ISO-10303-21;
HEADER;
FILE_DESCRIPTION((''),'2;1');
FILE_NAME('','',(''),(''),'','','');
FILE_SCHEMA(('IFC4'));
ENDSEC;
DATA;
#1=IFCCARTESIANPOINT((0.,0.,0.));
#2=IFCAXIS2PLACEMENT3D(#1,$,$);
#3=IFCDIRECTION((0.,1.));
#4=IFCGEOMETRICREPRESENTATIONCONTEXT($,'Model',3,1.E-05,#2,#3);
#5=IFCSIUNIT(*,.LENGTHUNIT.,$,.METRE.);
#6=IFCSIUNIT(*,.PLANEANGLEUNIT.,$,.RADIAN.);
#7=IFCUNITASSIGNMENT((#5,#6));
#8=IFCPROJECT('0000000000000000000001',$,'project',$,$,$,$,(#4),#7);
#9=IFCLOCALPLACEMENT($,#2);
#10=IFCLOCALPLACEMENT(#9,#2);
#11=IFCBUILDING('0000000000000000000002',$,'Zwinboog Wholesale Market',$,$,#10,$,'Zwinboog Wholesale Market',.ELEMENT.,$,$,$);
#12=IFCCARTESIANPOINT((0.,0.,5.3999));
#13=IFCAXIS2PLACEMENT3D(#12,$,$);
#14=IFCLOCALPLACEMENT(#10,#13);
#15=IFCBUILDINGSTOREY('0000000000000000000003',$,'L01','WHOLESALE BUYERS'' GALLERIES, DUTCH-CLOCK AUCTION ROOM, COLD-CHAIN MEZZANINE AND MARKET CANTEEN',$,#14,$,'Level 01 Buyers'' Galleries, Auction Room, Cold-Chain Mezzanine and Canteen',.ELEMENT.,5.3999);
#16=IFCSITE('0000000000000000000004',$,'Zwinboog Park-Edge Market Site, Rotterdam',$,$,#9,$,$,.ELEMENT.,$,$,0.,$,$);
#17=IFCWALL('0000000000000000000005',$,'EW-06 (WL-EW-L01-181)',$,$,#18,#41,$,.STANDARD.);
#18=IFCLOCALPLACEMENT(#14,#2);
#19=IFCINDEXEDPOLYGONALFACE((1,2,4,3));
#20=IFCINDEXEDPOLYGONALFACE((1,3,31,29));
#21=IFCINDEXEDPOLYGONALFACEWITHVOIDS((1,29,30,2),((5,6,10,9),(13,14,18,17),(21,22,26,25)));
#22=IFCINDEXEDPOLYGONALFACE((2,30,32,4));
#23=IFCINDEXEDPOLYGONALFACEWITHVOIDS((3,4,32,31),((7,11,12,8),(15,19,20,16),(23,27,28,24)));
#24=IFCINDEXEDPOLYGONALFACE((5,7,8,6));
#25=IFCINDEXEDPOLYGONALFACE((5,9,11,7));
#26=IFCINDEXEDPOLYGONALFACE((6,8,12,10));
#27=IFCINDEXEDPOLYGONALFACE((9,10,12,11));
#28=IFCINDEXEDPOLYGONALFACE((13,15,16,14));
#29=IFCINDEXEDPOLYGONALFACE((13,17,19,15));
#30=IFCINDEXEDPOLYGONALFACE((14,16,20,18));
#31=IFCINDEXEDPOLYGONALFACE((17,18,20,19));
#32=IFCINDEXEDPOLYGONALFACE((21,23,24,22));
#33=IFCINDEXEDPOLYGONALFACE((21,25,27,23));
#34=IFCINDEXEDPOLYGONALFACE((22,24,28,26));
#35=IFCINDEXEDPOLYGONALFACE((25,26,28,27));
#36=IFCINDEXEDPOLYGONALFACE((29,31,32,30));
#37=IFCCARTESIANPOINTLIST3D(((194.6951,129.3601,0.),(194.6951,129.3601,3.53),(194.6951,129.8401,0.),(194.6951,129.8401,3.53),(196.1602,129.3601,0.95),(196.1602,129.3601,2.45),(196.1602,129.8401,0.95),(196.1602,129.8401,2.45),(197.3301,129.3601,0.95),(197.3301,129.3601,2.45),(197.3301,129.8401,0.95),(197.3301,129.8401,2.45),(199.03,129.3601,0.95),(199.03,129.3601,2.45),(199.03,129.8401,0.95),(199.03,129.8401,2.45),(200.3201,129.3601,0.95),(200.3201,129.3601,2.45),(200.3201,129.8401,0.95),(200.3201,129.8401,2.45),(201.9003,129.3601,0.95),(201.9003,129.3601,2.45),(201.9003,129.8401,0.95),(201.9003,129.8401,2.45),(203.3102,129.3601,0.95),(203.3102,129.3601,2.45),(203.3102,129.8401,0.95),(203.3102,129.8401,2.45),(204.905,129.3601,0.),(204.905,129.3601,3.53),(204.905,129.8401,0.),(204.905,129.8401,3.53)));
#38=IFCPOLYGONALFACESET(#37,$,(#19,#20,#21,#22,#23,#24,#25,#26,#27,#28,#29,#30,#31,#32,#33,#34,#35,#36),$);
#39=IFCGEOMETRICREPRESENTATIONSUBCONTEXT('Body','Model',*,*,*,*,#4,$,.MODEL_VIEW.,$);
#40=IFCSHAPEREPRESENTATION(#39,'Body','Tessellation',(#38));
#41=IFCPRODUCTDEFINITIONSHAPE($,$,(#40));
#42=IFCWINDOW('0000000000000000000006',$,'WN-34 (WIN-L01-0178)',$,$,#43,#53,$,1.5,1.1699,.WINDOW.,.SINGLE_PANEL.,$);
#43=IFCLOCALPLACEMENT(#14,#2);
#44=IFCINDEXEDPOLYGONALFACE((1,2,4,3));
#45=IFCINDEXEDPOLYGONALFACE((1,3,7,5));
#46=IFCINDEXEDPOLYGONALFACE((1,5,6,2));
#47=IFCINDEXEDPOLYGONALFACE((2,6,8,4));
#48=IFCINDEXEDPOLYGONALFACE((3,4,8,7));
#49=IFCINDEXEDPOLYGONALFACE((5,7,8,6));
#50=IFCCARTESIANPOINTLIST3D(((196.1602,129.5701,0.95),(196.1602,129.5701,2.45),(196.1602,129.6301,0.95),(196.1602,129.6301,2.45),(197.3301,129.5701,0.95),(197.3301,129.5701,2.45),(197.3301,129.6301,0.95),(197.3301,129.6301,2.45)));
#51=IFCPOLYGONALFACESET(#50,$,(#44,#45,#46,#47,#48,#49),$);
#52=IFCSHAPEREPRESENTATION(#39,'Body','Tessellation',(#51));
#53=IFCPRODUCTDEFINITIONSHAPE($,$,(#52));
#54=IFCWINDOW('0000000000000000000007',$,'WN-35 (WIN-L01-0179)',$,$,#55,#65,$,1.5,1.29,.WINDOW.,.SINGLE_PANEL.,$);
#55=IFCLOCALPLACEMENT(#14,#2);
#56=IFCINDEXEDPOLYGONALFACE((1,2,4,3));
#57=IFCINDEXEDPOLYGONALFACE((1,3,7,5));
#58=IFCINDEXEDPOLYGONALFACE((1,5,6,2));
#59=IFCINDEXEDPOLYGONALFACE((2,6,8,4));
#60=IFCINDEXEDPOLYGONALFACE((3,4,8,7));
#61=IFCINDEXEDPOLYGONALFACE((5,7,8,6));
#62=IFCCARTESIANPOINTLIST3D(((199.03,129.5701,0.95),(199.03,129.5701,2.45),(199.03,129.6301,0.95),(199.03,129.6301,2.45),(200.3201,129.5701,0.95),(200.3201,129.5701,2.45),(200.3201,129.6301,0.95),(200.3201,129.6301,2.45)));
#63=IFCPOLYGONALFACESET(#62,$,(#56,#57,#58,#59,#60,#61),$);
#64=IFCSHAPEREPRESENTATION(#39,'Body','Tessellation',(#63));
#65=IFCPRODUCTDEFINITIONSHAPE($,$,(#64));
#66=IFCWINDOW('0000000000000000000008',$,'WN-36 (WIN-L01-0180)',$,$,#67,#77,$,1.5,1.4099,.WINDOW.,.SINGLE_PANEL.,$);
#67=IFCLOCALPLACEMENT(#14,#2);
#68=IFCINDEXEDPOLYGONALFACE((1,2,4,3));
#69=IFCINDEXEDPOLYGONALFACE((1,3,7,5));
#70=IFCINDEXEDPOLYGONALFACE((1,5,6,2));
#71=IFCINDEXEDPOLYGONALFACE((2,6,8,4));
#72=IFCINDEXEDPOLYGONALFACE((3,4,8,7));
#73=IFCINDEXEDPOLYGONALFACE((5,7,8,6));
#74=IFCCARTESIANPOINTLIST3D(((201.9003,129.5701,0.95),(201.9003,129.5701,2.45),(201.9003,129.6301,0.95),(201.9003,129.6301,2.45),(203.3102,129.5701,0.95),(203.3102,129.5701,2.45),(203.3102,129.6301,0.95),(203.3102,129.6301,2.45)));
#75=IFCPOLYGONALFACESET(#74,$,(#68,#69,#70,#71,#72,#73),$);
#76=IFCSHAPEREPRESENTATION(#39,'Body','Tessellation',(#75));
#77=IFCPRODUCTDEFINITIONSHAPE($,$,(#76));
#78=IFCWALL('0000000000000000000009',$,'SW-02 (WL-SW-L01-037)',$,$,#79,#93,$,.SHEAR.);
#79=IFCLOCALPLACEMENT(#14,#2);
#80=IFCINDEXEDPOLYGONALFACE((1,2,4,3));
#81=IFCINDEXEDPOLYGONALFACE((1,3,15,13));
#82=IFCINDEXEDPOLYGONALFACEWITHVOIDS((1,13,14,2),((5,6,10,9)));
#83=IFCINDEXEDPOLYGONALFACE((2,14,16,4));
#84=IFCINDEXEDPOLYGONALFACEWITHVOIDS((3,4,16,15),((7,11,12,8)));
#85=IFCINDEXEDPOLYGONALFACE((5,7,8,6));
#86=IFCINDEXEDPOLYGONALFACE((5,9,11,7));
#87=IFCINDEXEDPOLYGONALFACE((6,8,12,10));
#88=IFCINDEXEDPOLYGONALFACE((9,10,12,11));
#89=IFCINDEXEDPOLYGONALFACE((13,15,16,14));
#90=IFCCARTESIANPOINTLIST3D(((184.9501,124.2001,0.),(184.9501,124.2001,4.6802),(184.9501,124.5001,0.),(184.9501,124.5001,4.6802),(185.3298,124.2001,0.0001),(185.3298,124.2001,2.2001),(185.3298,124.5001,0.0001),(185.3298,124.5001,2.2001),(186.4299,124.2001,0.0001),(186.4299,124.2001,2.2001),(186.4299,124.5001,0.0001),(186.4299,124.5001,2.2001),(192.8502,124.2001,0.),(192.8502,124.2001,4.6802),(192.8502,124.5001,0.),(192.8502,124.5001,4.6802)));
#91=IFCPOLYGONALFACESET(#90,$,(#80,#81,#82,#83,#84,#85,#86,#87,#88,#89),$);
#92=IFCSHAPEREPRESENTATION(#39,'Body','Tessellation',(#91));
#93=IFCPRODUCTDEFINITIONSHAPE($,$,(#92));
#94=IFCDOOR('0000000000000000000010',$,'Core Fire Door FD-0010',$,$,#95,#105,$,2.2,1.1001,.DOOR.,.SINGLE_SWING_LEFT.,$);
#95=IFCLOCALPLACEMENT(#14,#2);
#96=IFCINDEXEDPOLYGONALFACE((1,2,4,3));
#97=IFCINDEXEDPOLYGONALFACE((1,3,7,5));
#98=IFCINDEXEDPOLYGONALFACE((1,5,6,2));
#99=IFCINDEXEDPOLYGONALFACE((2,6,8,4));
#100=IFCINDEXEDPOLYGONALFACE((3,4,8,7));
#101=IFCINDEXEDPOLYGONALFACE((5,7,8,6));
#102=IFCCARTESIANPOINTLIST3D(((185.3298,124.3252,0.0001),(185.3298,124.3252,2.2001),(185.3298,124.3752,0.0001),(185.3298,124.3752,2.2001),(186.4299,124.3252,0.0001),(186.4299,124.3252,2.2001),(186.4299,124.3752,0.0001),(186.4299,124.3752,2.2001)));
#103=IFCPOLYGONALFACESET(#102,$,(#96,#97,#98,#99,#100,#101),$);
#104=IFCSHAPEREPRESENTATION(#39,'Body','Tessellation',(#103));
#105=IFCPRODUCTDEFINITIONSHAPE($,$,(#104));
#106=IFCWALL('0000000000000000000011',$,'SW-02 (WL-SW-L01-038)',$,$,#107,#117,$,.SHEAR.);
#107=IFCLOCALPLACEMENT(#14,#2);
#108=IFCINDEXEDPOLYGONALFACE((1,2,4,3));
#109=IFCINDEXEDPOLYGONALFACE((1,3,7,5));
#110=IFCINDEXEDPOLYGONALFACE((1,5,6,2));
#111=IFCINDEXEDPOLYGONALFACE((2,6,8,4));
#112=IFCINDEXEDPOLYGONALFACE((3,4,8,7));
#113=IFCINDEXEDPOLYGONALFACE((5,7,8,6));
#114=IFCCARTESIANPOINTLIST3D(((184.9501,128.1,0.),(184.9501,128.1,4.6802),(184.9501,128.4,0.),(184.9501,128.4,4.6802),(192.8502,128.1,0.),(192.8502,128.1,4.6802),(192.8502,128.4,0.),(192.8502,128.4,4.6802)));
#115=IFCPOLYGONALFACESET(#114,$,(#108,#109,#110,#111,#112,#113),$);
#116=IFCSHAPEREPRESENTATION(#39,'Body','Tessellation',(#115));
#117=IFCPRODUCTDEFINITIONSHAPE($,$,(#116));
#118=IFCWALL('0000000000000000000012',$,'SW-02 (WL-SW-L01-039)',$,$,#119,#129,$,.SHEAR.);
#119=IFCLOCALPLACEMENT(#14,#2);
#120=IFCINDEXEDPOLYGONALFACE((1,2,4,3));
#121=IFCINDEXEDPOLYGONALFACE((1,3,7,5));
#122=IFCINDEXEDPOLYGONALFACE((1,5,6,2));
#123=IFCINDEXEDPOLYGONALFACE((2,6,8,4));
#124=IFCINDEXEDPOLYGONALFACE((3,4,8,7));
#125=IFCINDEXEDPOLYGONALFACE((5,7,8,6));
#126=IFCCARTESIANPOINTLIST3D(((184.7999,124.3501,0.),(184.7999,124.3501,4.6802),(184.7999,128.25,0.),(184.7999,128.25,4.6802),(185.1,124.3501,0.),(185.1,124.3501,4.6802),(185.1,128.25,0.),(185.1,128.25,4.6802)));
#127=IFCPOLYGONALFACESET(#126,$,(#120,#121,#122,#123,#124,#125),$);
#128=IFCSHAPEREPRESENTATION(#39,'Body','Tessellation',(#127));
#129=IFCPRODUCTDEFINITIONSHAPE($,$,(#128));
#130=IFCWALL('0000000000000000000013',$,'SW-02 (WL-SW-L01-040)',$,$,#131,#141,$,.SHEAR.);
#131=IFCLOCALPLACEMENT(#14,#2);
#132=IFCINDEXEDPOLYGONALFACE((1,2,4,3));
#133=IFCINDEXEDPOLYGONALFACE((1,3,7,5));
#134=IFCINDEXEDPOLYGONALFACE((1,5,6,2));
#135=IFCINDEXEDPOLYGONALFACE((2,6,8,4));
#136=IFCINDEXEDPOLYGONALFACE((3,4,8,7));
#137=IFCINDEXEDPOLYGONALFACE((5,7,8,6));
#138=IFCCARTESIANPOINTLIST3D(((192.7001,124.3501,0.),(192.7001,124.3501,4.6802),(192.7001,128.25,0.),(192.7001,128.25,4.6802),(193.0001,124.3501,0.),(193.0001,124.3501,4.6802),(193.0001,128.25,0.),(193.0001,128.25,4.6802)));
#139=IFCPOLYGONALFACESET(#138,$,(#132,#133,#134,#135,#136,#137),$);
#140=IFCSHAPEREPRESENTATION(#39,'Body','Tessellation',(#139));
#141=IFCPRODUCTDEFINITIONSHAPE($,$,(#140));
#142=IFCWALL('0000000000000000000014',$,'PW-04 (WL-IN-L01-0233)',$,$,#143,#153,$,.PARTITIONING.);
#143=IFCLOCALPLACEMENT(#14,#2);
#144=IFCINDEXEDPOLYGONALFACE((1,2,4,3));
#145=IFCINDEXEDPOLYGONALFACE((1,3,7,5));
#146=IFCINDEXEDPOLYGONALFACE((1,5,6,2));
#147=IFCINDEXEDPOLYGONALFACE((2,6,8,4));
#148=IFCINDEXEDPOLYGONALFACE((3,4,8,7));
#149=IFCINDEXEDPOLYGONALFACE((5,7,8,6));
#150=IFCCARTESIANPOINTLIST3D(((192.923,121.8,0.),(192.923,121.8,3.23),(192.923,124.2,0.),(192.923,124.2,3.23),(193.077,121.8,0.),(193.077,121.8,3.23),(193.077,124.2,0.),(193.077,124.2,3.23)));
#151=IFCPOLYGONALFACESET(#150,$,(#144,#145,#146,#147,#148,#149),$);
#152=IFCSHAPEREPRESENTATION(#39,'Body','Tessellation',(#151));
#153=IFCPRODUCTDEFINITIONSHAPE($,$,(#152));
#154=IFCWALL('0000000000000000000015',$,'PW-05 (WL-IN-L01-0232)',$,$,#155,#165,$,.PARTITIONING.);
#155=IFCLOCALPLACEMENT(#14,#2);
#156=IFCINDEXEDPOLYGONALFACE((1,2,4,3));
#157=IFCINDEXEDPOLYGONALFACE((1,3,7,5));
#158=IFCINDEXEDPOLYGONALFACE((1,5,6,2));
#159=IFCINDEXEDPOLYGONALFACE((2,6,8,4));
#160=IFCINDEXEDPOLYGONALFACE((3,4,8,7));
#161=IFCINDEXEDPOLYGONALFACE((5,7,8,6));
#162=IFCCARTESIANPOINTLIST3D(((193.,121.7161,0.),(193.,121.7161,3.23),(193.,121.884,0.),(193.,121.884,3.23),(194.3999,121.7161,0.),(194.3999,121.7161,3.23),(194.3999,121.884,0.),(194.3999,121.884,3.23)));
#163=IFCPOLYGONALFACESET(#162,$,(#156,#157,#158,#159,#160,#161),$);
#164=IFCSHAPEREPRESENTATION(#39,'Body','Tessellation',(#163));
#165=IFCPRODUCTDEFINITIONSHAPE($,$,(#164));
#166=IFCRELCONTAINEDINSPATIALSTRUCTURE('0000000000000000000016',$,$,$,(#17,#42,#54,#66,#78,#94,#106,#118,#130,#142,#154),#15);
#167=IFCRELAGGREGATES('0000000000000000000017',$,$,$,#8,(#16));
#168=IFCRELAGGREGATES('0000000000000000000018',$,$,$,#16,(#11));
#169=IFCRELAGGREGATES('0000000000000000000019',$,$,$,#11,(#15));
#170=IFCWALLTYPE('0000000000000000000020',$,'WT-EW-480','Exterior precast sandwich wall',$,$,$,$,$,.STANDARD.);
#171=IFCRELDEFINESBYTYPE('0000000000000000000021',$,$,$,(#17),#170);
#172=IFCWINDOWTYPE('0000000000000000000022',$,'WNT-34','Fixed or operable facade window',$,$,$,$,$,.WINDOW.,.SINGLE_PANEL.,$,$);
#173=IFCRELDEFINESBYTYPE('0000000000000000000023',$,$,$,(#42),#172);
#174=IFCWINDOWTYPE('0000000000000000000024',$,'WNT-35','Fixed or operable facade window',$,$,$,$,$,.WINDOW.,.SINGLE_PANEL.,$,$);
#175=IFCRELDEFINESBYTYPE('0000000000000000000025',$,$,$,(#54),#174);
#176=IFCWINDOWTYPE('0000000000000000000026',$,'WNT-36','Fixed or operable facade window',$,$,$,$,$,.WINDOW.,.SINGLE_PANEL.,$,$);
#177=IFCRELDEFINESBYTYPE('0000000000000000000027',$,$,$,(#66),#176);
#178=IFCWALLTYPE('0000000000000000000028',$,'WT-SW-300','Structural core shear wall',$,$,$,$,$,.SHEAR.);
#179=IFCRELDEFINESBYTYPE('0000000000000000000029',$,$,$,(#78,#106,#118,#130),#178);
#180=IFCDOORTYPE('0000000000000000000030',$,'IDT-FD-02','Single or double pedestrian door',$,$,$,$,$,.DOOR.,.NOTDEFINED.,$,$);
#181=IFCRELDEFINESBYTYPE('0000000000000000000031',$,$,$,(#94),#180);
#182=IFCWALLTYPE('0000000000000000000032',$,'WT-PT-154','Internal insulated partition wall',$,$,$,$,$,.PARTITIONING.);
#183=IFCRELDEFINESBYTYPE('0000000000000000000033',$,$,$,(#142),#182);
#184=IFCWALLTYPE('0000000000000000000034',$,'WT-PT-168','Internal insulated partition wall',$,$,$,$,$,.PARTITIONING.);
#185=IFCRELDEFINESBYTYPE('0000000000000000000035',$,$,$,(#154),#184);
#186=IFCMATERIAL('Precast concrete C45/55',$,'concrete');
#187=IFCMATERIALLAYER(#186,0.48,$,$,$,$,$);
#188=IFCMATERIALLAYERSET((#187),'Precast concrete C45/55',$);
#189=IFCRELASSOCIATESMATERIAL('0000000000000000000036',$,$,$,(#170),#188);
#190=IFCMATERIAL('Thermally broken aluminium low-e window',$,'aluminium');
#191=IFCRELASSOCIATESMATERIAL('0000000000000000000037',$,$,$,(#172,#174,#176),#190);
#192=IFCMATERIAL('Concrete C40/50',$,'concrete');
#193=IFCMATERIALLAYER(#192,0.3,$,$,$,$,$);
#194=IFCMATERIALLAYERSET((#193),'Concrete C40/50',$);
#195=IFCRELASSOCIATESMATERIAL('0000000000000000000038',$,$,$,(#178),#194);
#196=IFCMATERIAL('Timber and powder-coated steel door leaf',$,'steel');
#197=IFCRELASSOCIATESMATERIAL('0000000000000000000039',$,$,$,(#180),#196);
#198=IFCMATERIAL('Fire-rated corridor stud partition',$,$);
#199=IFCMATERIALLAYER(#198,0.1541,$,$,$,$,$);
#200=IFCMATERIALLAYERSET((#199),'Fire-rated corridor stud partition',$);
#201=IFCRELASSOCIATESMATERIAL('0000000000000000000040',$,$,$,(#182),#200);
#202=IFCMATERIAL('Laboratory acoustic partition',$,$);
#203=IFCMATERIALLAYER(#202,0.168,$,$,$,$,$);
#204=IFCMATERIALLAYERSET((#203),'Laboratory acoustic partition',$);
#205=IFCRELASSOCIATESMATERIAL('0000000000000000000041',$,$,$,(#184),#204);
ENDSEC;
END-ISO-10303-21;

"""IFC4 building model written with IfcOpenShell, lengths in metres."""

from ifc_helpers import new_model, si_unit, direction, frame, frame_2d, origin, place, context, subcontext, project, spatial, rectangle, extrude, material, layer, layer_set, type_object, element, fill, save


model = new_model("IFC4")

# Units and contexts
model_context = context("Model", 3, precision=1e-05, world=origin(), true_north=direction((0.0, 1.0)))
body_context = subcontext(model_context, "Body", "Model", "MODEL_VIEW")
ifc_project = project(units=[si_unit("LENGTHUNIT", "METRE"), si_unit("PLANEANGLEUNIT", "RADIAN")], contexts=[model_context])

# Site, building, storey
site_placement = place(None, origin())
site = spatial("IfcSite", under=ifc_project, at=site_placement, Name="Zwinboog Park-Edge Market Site, Rotterdam", CompositionType="ELEMENT", RefElevation=0.0)
building_placement = place(site_placement, origin())
building = spatial("IfcBuilding", under=site, at=building_placement, Name="Zwinboog Wholesale Market", LongName="Zwinboog Wholesale Market", CompositionType="ELEMENT")
storey_placement = place(building_placement, frame((0.0, 0.0, 5.3999)))
storey = spatial("IfcBuildingStorey", under=building, at=storey_placement, Name="L01", Description="WHOLESALE BUYERS' GALLERIES, DUTCH-CLOCK AUCTION ROOM, COLD-CHAIN MEZZANINE AND MARKET CANTEEN", LongName="Level 01 Buyers' Galleries, Auction Room, Cold-Chain Mezzanine and Canteen", CompositionType="ELEMENT", Elevation=5.3999)

# Shared definitions
ifc_material_1 = material(Name="Precast concrete C45/55", Category="concrete")

# Wall, openings, windows
ifc_layer_1 = layer(ifc_material_1, 0.48)
ifc_layer_set_1 = layer_set([ifc_layer_1], Name="Precast concrete C45/55")
wall_type_1 = type_object("IfcWallType", Name="WT-EW-480", Description="Exterior precast sandwich wall", PredefinedType="STANDARD", material=ifc_layer_set_1)
wall_1_placement = place(storey_placement, frame((194.6951, 129.6001, 0.0), z_axis=(0.0, 0.0, 1.0), x_axis=(1.0, 0.0, 0.0)))
wall_1 = element("IfcWall", 1, at=wall_1_placement, inside=storey, type_object=wall_type_1, Name="EW-06 (WL-EW-L01-181)", PredefinedType="STANDARD", context=body_context, shape_type="SweptSolid", body=[
    extrude(rectangle(XDim=10.21, YDim=0.48, at=frame_2d((5.105, 0.0))), origin(), (0.0, 0.0, 1.0), 3.53),
])
opening_1_placement = place(wall_1_placement, frame((1.4651, 0.0, 0.95)))
opening_1 = element("IfcOpeningElement", 2, at=opening_1_placement, cuts=wall_1, PredefinedType="OPENING", context=body_context, shape_type="SweptSolid", body=[
    extrude(rectangle(XDim=1.1699, YDim=1.5, at=frame_2d((0.585, 0.75))), frame((0.0, 0.25, 0.0), z_axis=(0.0, -1.0, 0.0), x_axis=(1.0, 0.0, 0.0)), (0.0, 0.0, 1.0), 0.5),
])
opening_2_placement = place(wall_1_placement, frame((4.335, 0.0, 0.95)))
opening_2 = element("IfcOpeningElement", 3, at=opening_2_placement, cuts=wall_1, PredefinedType="OPENING", context=body_context, shape_type="SweptSolid", body=[
    extrude(rectangle(XDim=1.29, YDim=1.5, at=frame_2d((0.645, 0.75))), frame((0.0, 0.25, 0.0), z_axis=(0.0, -1.0, 0.0), x_axis=(1.0, 0.0, 0.0)), (0.0, 0.0, 1.0), 0.5),
])
opening_3_placement = place(wall_1_placement, frame((7.2051, 0.0, 0.95)))
opening_3 = element("IfcOpeningElement", 4, at=opening_3_placement, cuts=wall_1, PredefinedType="OPENING", context=body_context, shape_type="SweptSolid", body=[
    extrude(rectangle(XDim=1.4099, YDim=1.5, at=frame_2d((0.7051, 0.75))), frame((0.0, 0.25, 0.0), z_axis=(0.0, -1.0, 0.0), x_axis=(1.0, 0.0, 0.0)), (0.0, 0.0, 1.0), 0.5),
])
ifc_material_2 = material(Name="Thermally broken aluminium low-e window", Category="aluminium")
window_type_1 = type_object("IfcWindowType", Name="WNT-34", Description="Fixed or operable facade window", PartitioningType="SINGLE_PANEL", PredefinedType="WINDOW", material=ifc_material_2)
window_1_placement = place(opening_1_placement, origin())
window_1 = element("IfcWindow", 5, at=window_1_placement, inside=storey, type_object=window_type_1, Name="WN-34 (WIN-L01-0178)", OverallHeight=1.5, OverallWidth=1.1699, PartitioningType="SINGLE_PANEL", PredefinedType="WINDOW", context=body_context, shape_type="SweptSolid", body=[
    extrude(rectangle(XDim=1.1699, YDim=1.5, at=frame_2d((0.585, 0.75))), frame((0.0, 0.03, 0.0), z_axis=(0.0, -1.0, 0.0), x_axis=(1.0, 0.0, 0.0)), (0.0, 0.0, 1.0), 0.0601),
])
fill(opening_1, window_1)
window_type_2 = type_object("IfcWindowType", Name="WNT-35", Description="Fixed or operable facade window", PartitioningType="SINGLE_PANEL", PredefinedType="WINDOW", material=ifc_material_2)
window_2_placement = place(opening_2_placement, origin())
window_2 = element("IfcWindow", 6, at=window_2_placement, inside=storey, type_object=window_type_2, Name="WN-35 (WIN-L01-0179)", OverallHeight=1.5, OverallWidth=1.29, PartitioningType="SINGLE_PANEL", PredefinedType="WINDOW", context=body_context, shape_type="SweptSolid", body=[
    extrude(rectangle(XDim=1.29, YDim=1.5, at=frame_2d((0.645, 0.75))), frame((0.0, 0.03, 0.0), z_axis=(0.0, -1.0, 0.0), x_axis=(1.0, 0.0, 0.0)), (0.0, 0.0, 1.0), 0.0601),
])
fill(opening_2, window_2)
window_type_3 = type_object("IfcWindowType", Name="WNT-36", Description="Fixed or operable facade window", PartitioningType="SINGLE_PANEL", PredefinedType="WINDOW", material=ifc_material_2)
window_3_placement = place(opening_3_placement, origin())
window_3 = element("IfcWindow", 7, at=window_3_placement, inside=storey, type_object=window_type_3, Name="WN-36 (WIN-L01-0180)", OverallHeight=1.5, OverallWidth=1.4099, PartitioningType="SINGLE_PANEL", PredefinedType="WINDOW", context=body_context, shape_type="SweptSolid", body=[
    extrude(rectangle(XDim=1.4099, YDim=1.5, at=frame_2d((0.7051, 0.75))), frame((0.0, 0.03, 0.0), z_axis=(0.0, -1.0, 0.0), x_axis=(1.0, 0.0, 0.0)), (0.0, 0.0, 1.0), 0.0601),
])
fill(opening_3, window_3)

# Wall, opening, door
ifc_material_3 = material(Name="Concrete C40/50", Category="concrete")
ifc_layer_2 = layer(ifc_material_3, 0.3)
ifc_layer_set_2 = layer_set([ifc_layer_2], Name="Concrete C40/50")
wall_type_2 = type_object("IfcWallType", Name="WT-SW-300", Description="Structural core shear wall", PredefinedType="SHEAR", material=ifc_layer_set_2)
wall_2_placement = place(storey_placement, frame((184.95, 124.3501, 0.0), z_axis=(0.0, 0.0, 1.0), x_axis=(1.0, 0.0, 0.0)))
wall_2 = element("IfcWall", 8, at=wall_2_placement, inside=storey, type_object=wall_type_2, Name="SW-02 (WL-SW-L01-037)", PredefinedType="SHEAR", context=body_context, shape_type="SweptSolid", body=[
    extrude(rectangle(XDim=7.9001, YDim=0.3, at=frame_2d((3.9502, 0.0))), origin(), (0.0, 0.0, 1.0), 4.6802),
])
opening_4_placement = place(wall_2_placement, frame((0.3799, 0.0, 0.0)))
opening_4 = element("IfcOpeningElement", 9, at=opening_4_placement, cuts=wall_2, PredefinedType="OPENING", context=body_context, shape_type="SweptSolid", body=[
    extrude(rectangle(XDim=1.1001, YDim=2.2, at=frame_2d((0.55, 1.1001))), frame((0.0, 0.1599, 0.0), z_axis=(0.0, -1.0, 0.0), x_axis=(1.0, 0.0, 0.0)), (0.0, 0.0, 1.0), 0.3201),
])
ifc_material_4 = material(Name="Timber and powder-coated steel door leaf", Category="steel")
door_type = type_object("IfcDoorType", Name="IDT-FD-02", Description="Single or double pedestrian door", OperationType="NOTDEFINED", PredefinedType="DOOR", material=ifc_material_4)
door_placement = place(opening_4_placement, frame((1.1001, 0.0, 0.0), z_axis=(0.0, 0.0, 1.0), x_axis=(-1.0, 0.0, 0.0)))
door = element("IfcDoor", 10, at=door_placement, inside=storey, type_object=door_type, Name="Core Fire Door FD-0010", OperationType="SINGLE_SWING_LEFT", OverallHeight=2.2, OverallWidth=1.1001, PredefinedType="DOOR", context=body_context, shape_type="SweptSolid", body=[
    extrude(rectangle(XDim=1.1001, YDim=2.2, at=frame_2d((0.55, 1.1001))), frame((0.0, 0.0249, 0.0), z_axis=(0.0, -1.0, 0.0), x_axis=(1.0, 0.0, 0.0)), (0.0, 0.0, 1.0), 0.05),
])
fill(opening_4, door)

# Walls
wall_3_placement = place(storey_placement, frame((184.95, 128.25, 0.0), z_axis=(0.0, 0.0, 1.0), x_axis=(1.0, 0.0, 0.0)))
element("IfcWall", 11, at=wall_3_placement, inside=storey, type_object=wall_type_2, Name="SW-02 (WL-SW-L01-038)", PredefinedType="SHEAR", context=body_context, shape_type="SweptSolid", body=[
    extrude(rectangle(XDim=7.9001, YDim=0.3, at=frame_2d((3.9502, 0.0))), origin(), (0.0, 0.0, 1.0), 4.6802),
])
for number, where, z_axis, x_axis, name in (
    (12, (184.95, 124.3501, 0.0), (0.0, 0.0, 1.0), (0.0, 1.0, 0.0), "SW-02 (WL-SW-L01-039)"),
    (13, (192.8501, 124.3501, 0.0), (0.0, 0.0, 1.0), (0.0, 1.0, 0.0), "SW-02 (WL-SW-L01-040)"),
):
    element("IfcWall", number, at=place(storey_placement, frame(where, z_axis=z_axis, x_axis=x_axis)), inside=storey, type_object=wall_type_2, Name=name, PredefinedType="SHEAR", context=body_context, shape_type="SweptSolid", body=[
        extrude(rectangle(XDim=3.8999, YDim=0.3, at=frame_2d((1.95, 0.0))), origin(), (0.0, 0.0, 1.0), 4.6802),
    ])
ifc_material_5 = material(Name="Fire-rated corridor stud partition")
ifc_layer_3 = layer(ifc_material_5, 0.1541)
ifc_layer_set_3 = layer_set([ifc_layer_3], Name="Fire-rated corridor stud partition")
wall_type_3 = type_object("IfcWallType", Name="WT-PT-154", Description="Internal insulated partition wall", PredefinedType="PARTITIONING", material=ifc_layer_set_3)
wall_4_placement = place(storey_placement, frame((193.0, 121.8, 0.0), z_axis=(0.0, 0.0, 1.0), x_axis=(0.0, 1.0, 0.0)))
element("IfcWall", 14, at=wall_4_placement, inside=storey, type_object=wall_type_3, Name="PW-04 (WL-IN-L01-0233)", PredefinedType="PARTITIONING", context=body_context, shape_type="SweptSolid", body=[
    extrude(rectangle(XDim=2.3999, YDim=0.1541, at=frame_2d((1.2, 0.0))), origin(), (0.0, 0.0, 1.0), 3.23),
])
ifc_material_6 = material(Name="Laboratory acoustic partition")
ifc_layer_4 = layer(ifc_material_6, 0.168)
ifc_layer_set_4 = layer_set([ifc_layer_4], Name="Laboratory acoustic partition")
wall_type_4 = type_object("IfcWallType", Name="WT-PT-168", Description="Internal insulated partition wall", PredefinedType="PARTITIONING", material=ifc_layer_set_4)
wall_5_placement = place(storey_placement, frame((193.0, 121.8, 0.0), z_axis=(0.0, 0.0, 1.0), x_axis=(1.0, 0.0, 0.0)))
element("IfcWall", 15, at=wall_5_placement, inside=storey, type_object=wall_type_4, Name="PW-05 (WL-IN-L01-0232)", PredefinedType="PARTITIONING", context=body_context, shape_type="SweptSolid", body=[
    extrude(rectangle(XDim=1.3999, YDim=0.168, at=frame_2d((0.7, 0.0))), origin(), (0.0, 0.0, 1.0), 3.23),
])

save(model, "model.ifc")
